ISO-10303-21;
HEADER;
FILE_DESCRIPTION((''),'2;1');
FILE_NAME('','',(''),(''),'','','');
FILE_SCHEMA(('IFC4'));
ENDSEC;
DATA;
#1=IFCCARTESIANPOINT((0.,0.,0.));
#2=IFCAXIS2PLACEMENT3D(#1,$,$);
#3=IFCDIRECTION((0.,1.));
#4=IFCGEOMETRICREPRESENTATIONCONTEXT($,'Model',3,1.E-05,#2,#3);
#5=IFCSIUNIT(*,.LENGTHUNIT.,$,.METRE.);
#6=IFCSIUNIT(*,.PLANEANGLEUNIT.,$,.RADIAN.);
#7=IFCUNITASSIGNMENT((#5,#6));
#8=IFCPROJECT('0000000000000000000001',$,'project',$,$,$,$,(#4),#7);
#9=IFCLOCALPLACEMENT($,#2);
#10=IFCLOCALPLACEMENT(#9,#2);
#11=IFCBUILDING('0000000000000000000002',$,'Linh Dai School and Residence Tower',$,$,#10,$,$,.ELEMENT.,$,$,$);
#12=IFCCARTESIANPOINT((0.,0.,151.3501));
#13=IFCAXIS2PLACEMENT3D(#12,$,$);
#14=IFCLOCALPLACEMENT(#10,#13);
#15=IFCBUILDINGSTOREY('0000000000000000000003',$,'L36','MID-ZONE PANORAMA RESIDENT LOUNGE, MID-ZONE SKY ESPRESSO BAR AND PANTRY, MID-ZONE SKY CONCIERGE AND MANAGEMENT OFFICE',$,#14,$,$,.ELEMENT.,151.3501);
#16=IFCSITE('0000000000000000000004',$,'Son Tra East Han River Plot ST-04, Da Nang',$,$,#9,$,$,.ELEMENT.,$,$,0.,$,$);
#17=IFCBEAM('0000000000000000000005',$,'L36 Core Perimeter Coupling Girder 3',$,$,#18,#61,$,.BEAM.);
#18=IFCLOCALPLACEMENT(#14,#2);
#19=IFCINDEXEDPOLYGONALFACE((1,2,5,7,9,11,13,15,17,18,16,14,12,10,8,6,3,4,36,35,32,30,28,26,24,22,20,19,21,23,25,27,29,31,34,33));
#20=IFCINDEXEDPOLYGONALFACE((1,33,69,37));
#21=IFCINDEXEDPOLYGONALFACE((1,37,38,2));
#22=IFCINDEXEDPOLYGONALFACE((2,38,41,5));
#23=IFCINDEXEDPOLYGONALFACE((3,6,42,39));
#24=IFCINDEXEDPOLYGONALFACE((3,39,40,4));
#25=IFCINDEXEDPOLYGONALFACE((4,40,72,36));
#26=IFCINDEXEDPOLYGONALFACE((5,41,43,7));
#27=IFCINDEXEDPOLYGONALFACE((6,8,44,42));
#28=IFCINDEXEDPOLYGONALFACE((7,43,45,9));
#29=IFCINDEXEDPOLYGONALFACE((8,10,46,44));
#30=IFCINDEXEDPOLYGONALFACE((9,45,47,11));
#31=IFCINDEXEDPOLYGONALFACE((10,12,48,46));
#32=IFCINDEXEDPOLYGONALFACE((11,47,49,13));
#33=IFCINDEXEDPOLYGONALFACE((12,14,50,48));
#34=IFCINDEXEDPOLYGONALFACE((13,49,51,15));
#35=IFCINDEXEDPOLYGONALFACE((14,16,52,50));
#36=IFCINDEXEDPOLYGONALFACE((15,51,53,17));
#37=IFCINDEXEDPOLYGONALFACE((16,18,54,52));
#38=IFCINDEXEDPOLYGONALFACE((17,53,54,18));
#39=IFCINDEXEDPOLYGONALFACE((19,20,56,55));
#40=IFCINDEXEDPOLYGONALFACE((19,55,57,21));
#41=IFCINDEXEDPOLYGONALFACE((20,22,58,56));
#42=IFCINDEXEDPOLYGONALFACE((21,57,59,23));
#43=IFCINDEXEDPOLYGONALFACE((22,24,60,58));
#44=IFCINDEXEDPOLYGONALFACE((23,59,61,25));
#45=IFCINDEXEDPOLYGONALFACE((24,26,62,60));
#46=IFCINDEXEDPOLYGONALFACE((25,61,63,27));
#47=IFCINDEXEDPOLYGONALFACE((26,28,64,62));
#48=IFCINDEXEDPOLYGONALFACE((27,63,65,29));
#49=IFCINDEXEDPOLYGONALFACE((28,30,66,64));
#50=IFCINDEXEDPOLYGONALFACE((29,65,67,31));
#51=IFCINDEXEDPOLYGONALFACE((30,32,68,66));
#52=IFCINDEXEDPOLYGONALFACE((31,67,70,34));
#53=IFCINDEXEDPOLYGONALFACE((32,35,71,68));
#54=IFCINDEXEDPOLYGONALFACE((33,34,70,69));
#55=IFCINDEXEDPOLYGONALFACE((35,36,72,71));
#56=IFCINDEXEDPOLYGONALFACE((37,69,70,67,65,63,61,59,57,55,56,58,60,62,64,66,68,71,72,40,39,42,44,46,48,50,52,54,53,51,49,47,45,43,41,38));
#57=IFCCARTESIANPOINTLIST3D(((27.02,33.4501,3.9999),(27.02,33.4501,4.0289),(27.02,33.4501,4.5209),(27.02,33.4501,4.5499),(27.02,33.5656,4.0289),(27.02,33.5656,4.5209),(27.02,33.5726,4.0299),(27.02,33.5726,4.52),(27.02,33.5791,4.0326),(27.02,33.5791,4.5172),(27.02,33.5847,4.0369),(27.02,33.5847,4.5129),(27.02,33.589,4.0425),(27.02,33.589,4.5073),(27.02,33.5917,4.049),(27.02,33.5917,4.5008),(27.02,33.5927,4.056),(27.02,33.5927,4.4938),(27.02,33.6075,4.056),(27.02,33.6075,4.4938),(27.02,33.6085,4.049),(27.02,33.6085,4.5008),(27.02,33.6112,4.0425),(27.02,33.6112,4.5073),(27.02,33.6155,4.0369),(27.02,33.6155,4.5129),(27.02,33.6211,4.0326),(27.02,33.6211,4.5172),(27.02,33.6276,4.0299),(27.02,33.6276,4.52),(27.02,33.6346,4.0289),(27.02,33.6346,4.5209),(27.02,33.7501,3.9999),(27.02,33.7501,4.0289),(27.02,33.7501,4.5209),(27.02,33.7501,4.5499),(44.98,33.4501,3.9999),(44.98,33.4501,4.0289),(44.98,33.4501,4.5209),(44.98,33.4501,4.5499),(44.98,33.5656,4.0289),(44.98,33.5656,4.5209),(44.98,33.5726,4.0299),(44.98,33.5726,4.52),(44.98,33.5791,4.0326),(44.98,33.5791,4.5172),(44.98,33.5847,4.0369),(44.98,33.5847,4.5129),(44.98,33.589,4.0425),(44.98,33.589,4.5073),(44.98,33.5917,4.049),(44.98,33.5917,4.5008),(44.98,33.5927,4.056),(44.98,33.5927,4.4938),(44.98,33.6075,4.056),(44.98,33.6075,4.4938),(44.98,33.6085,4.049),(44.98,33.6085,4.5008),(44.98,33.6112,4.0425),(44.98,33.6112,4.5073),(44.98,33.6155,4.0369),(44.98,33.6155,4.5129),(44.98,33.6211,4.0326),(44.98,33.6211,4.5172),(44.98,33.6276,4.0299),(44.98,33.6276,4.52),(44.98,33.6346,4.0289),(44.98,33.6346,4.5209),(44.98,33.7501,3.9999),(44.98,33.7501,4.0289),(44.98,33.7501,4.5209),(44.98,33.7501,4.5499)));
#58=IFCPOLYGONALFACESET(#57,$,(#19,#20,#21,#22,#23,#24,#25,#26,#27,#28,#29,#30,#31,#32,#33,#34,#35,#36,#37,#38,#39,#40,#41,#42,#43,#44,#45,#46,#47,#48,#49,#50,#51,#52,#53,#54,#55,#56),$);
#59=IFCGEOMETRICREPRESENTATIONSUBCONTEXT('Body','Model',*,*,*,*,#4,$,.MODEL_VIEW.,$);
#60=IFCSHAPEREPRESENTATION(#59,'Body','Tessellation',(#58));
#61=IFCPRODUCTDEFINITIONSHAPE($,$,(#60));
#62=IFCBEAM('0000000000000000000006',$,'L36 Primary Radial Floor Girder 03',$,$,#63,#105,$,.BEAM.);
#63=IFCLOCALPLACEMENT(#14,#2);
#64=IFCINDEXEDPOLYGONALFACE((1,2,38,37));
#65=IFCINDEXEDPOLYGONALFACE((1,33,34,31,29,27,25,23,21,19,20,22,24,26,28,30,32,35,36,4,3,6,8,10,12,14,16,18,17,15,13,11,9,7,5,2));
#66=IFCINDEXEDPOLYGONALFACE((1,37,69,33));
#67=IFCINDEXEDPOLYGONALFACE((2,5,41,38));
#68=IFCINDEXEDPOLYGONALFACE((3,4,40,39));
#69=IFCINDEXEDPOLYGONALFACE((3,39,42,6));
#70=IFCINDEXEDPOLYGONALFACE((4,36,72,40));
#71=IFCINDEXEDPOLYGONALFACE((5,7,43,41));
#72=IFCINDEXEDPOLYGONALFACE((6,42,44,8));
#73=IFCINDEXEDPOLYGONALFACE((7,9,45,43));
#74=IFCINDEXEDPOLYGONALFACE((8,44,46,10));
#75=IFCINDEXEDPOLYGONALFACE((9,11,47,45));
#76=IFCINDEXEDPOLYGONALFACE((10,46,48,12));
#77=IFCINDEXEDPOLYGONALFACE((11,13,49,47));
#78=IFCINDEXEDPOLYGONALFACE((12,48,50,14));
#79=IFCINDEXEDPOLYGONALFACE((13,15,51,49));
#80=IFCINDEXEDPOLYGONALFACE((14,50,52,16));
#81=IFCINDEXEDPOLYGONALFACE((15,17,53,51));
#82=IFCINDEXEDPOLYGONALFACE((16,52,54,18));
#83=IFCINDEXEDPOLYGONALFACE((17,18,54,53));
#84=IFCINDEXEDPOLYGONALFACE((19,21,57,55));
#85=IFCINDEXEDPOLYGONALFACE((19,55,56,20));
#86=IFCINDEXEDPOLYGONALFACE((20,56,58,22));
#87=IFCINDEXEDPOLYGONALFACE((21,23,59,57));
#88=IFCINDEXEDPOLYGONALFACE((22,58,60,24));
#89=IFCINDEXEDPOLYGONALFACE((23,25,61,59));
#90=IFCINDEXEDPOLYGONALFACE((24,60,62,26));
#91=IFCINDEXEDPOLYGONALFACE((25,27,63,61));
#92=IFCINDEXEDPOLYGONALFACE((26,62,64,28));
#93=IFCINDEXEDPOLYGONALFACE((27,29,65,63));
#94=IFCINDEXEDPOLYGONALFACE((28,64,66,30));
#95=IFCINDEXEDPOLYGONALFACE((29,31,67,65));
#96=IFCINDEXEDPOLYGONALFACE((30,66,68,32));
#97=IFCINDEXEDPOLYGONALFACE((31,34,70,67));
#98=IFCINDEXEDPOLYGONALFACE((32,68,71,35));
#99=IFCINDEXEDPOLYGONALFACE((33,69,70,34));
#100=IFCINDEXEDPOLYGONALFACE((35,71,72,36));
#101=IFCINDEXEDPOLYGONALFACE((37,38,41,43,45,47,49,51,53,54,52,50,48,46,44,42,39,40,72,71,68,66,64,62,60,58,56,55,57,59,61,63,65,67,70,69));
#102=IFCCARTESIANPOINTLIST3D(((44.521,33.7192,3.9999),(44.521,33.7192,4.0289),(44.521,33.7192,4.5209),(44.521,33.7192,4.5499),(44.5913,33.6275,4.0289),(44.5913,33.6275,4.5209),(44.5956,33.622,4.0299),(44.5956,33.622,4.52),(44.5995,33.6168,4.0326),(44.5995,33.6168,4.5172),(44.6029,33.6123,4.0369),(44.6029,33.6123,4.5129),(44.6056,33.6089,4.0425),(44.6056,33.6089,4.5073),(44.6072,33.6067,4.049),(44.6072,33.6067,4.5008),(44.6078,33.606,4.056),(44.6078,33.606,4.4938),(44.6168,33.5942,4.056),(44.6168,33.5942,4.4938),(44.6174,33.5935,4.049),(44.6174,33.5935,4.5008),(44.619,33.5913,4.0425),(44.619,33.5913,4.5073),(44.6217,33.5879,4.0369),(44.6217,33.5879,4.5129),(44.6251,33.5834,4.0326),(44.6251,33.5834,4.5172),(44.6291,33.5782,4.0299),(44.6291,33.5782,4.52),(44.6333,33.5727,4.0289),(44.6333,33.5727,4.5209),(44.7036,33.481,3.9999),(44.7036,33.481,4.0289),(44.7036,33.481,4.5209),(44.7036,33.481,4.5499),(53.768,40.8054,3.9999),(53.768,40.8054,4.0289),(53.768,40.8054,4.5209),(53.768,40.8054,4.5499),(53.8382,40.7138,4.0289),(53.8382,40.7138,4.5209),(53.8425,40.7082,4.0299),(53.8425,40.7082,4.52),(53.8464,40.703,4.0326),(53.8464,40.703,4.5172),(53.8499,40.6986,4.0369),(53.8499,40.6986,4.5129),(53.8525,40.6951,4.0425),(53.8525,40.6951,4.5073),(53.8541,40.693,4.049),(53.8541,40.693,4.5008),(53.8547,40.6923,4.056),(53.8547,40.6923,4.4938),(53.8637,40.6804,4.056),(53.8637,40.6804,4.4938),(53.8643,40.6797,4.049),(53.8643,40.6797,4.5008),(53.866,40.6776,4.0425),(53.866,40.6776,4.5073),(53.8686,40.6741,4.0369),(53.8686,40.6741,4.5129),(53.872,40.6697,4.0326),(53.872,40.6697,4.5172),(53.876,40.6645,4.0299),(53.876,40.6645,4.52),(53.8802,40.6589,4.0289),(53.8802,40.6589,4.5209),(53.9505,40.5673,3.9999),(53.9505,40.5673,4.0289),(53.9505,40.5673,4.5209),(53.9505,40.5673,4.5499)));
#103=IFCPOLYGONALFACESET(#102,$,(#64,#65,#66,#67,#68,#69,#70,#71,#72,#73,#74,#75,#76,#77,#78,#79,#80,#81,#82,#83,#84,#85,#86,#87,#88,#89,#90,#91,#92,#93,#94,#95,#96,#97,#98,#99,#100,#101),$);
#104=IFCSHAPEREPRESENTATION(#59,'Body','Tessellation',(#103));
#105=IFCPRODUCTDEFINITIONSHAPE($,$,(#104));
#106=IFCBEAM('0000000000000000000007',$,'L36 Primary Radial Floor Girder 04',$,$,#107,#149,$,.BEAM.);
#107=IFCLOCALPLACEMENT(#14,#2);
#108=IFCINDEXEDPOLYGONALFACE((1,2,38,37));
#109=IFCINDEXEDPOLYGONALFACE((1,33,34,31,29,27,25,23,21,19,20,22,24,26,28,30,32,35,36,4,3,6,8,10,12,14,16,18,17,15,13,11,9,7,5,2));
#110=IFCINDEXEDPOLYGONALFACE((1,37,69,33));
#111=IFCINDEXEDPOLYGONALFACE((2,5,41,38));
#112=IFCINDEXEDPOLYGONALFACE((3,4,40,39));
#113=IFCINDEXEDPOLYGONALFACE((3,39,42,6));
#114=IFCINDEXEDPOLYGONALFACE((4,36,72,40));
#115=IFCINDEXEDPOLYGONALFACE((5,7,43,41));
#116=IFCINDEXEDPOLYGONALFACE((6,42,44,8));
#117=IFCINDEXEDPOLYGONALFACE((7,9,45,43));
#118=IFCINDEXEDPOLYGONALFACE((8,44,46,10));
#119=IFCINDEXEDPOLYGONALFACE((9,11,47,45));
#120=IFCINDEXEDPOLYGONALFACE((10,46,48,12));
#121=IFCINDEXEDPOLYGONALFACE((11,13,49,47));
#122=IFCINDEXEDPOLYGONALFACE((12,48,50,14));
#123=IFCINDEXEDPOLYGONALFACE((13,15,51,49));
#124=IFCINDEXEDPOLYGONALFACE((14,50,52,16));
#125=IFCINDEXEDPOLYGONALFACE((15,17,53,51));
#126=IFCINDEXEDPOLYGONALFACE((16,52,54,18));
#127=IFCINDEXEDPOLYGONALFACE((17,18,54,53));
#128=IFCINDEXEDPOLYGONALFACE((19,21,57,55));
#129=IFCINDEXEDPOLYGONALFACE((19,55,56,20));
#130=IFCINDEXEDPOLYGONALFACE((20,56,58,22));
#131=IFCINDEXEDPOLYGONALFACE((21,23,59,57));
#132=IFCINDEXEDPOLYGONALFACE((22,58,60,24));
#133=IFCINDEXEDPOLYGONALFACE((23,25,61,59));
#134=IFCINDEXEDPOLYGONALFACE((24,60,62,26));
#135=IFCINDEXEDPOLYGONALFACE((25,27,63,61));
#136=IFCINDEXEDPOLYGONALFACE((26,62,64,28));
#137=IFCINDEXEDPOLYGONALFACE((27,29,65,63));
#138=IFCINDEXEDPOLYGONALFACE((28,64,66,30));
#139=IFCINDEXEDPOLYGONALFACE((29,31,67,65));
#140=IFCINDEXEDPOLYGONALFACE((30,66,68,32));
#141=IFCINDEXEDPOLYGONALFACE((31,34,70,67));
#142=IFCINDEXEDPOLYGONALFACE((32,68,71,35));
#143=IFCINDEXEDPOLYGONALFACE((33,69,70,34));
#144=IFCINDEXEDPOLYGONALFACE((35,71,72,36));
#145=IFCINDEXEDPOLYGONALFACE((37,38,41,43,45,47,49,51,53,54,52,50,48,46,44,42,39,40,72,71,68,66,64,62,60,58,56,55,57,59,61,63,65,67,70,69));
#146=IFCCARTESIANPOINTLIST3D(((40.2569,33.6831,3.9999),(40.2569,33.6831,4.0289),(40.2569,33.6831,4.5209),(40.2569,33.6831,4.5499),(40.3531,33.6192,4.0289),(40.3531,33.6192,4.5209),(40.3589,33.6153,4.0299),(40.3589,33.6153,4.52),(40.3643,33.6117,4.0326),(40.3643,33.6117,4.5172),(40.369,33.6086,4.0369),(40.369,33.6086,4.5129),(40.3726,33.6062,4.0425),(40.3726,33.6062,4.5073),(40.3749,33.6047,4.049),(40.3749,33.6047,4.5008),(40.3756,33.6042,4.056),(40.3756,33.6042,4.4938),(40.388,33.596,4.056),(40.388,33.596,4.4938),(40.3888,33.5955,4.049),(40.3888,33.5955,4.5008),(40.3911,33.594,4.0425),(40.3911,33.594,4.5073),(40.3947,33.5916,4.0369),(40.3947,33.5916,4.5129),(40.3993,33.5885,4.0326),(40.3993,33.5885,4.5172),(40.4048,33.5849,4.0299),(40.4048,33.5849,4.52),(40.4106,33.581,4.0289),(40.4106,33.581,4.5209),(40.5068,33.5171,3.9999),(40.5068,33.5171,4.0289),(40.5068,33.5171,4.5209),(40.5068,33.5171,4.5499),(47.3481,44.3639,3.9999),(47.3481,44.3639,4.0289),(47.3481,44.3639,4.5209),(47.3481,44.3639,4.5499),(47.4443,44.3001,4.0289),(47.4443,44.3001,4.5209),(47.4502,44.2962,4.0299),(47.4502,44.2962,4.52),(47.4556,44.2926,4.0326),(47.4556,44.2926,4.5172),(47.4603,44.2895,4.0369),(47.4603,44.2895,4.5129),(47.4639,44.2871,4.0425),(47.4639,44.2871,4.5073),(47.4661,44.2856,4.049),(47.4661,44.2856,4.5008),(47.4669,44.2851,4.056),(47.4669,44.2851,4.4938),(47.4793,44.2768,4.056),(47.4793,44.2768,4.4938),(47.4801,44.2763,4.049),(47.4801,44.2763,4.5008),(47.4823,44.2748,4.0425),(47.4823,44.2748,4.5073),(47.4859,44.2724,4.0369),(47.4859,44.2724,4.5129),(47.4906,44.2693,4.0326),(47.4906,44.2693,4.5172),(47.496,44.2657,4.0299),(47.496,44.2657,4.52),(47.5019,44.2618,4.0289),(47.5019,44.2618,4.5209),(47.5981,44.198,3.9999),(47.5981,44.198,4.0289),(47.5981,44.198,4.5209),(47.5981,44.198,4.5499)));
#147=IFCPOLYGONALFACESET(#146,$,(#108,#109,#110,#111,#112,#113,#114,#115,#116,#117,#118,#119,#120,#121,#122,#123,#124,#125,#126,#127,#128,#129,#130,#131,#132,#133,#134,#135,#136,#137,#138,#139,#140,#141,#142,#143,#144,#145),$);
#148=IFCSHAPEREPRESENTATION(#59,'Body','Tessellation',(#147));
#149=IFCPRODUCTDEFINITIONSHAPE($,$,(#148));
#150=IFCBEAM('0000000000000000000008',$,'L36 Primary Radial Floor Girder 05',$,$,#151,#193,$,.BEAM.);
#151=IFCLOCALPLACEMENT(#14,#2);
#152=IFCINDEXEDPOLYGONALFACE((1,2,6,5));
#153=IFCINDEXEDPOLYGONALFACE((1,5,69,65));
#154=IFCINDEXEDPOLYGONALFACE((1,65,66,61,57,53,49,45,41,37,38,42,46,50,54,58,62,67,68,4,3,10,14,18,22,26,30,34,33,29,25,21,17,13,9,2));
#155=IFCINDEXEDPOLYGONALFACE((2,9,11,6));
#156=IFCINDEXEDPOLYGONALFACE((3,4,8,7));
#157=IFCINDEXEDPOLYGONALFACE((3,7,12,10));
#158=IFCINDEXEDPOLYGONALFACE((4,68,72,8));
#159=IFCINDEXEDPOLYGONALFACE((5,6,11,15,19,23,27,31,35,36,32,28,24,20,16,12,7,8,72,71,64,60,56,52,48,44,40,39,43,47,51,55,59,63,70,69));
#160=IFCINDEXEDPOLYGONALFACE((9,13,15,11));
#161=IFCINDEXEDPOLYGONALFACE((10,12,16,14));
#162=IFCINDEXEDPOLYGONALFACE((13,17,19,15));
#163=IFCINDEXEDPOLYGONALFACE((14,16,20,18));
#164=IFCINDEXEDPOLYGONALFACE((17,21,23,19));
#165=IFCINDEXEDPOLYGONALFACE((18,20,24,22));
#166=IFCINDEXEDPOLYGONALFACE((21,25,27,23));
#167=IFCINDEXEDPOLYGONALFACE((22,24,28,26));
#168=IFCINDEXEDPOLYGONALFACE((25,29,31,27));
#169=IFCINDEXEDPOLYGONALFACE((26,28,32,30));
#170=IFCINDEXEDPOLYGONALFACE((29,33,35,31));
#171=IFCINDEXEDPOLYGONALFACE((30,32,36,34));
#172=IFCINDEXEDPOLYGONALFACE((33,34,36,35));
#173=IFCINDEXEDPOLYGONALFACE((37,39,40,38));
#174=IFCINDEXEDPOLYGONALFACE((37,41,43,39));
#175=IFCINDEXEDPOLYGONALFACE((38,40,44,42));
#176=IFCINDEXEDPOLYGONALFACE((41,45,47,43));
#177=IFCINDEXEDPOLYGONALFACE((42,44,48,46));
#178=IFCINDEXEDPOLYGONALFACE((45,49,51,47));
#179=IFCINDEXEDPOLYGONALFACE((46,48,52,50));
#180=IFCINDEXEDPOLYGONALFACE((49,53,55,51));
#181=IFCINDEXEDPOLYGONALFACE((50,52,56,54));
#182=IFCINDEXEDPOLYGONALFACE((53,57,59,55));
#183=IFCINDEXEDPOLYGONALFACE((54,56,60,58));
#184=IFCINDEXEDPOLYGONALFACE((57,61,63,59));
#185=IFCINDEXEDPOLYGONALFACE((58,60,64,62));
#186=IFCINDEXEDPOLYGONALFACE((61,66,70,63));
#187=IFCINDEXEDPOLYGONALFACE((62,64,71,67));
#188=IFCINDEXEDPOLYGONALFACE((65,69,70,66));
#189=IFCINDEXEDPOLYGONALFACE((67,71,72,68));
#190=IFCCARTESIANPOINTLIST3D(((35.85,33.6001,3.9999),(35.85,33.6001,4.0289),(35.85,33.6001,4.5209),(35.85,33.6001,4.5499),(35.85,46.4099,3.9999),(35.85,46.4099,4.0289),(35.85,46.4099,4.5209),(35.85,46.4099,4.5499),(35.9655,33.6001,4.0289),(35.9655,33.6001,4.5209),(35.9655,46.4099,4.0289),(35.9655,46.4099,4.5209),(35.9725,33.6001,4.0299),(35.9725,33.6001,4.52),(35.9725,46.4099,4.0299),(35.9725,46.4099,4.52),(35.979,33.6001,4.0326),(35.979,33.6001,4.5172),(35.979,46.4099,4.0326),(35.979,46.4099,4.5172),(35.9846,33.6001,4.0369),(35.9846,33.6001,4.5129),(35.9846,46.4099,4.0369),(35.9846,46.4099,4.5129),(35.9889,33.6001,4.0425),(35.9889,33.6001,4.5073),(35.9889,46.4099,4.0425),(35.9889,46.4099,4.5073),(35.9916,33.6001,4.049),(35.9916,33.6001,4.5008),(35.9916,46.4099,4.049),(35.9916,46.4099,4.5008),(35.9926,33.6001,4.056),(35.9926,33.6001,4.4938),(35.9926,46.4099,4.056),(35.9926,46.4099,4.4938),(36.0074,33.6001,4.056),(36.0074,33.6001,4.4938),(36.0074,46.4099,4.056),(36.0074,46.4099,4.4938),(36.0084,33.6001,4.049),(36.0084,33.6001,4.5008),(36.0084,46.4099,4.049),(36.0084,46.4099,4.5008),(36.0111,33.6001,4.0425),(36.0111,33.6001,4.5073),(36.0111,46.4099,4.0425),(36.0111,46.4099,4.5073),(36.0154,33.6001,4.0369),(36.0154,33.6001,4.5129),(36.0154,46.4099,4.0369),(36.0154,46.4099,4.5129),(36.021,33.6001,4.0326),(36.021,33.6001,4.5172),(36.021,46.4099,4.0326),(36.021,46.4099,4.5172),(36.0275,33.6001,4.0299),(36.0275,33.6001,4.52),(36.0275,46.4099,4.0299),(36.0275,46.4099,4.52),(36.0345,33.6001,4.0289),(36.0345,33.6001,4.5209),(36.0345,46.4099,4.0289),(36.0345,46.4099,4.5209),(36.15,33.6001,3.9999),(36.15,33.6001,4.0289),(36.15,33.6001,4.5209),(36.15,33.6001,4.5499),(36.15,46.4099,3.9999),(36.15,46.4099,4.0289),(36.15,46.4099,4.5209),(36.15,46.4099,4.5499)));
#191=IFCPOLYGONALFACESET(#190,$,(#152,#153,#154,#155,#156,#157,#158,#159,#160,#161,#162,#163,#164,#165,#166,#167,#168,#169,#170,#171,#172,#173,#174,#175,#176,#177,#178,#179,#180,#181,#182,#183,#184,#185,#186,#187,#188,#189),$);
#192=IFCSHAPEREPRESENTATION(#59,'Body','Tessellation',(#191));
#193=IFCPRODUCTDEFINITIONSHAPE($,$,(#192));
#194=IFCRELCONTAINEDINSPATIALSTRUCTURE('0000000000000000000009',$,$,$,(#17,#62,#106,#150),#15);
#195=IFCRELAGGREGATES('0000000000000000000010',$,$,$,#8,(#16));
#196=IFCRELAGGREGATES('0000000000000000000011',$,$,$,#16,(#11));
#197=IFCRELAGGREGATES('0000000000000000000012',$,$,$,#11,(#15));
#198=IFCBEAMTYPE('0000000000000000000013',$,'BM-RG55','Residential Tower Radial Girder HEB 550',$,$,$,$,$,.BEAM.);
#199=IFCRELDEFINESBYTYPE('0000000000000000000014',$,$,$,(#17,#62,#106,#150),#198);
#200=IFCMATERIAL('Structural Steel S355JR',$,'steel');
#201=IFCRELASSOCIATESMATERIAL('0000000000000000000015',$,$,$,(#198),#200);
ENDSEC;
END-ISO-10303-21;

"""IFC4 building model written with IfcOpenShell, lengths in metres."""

from ifc_helpers import new_model, si_unit, direction, frame, origin, origin_2d, place, context, subcontext, project, spatial, i_section, extrude, material, material_profile, profile_set, type_object, element, save


model = new_model("IFC4")

# Units and contexts
model_context = context("Model", 3, precision=1e-05, world=origin(), true_north=direction((0.0, 1.0)))
body_context = subcontext(model_context, "Body", "Model", "MODEL_VIEW")
ifc_project = project(units=[si_unit("LENGTHUNIT", "METRE"), si_unit("PLANEANGLEUNIT", "RADIAN")], contexts=[model_context])

# Site, building, storey
site_placement = place(None, origin())
site = spatial("IfcSite", under=ifc_project, at=site_placement, Name="Son Tra East Han River Plot ST-04, Da Nang", CompositionType="ELEMENT", RefElevation=0.0)
building_placement = place(site_placement, origin())
building = spatial("IfcBuilding", under=site, at=building_placement, Name="Linh Dai School and Residence Tower", CompositionType="ELEMENT")
storey_placement = place(building_placement, frame((0.0, 0.0, 151.3501)))
storey = spatial("IfcBuildingStorey", under=building, at=storey_placement, Name="L36", Description="MID-ZONE PANORAMA RESIDENT LOUNGE, MID-ZONE SKY ESPRESSO BAR AND PANTRY, MID-ZONE SKY CONCIERGE AND MANAGEMENT OFFICE", CompositionType="ELEMENT", Elevation=151.3501)

# Shared definitions
ifc_material_1 = material(Name="Structural Steel S355JR", Category="steel")

# Beams
ifc_material_profile_1 = material_profile(ifc_material_1, i_section(OverallWidth=0.3, OverallDepth=0.55, WebThickness=0.0149, FlangeThickness=0.0291, FilletRadius=0.0271, at=origin_2d()), Name="HEB 550")
ifc_profile_set_1 = profile_set([ifc_material_profile_1], Name="Structural Steel S355JR")
beam_type_1 = type_object("IfcBeamType", Name="BM-RG55", Description="Residential Tower Radial Girder HEB 550", PredefinedType="BEAM", material=ifc_profile_set_1)
beam_1_placement = place(storey_placement, frame((44.98, 33.6001, 4.2749), z_axis=(-1.0, 0.0, 0.0), x_axis=(0.0, -1.0, 0.0)))
element("IfcBeam", 1, at=beam_1_placement, inside=storey, type_object=beam_type_1, Name="L36 Core Perimeter Coupling Girder 3", PredefinedType="BEAM", context=body_context, shape_type="SweptSolid", body=[
    extrude(i_section(OverallWidth=0.3, OverallDepth=0.55, WebThickness=0.0149, FlangeThickness=0.0291, FilletRadius=0.0271, at=origin_2d()), origin(), (0.0, 0.0, 1.0), 17.96),
])
beam_2_placement = place(storey_placement, frame((44.6123, 33.6001, 4.2749), z_axis=(0.793733, 0.608267, 0.0), x_axis=(-0.608267, 0.793733, 0.0)))
element("IfcBeam", 2, at=beam_2_placement, inside=storey, type_object=beam_type_1, Name="L36 Primary Radial Floor Girder 03", PredefinedType="BEAM", context=body_context, shape_type="SweptSolid", body=[
    extrude(i_section(OverallWidth=0.3, OverallDepth=0.55, WebThickness=0.0149, FlangeThickness=0.0291, FilletRadius=0.0271, at=origin_2d()), origin(), (0.0, 0.0, 1.0), 11.6499),
])
beam_3_placement = place(storey_placement, frame((40.3818, 33.6001, 4.2749), z_axis=(0.553117, 0.833103, 0.0), x_axis=(-0.833103, 0.553117, 0.0)))
element("IfcBeam", 3, at=beam_3_placement, inside=storey, type_object=beam_type_1, Name="L36 Primary Radial Floor Girder 04", PredefinedType="BEAM", context=body_context, shape_type="SweptSolid", body=[
    extrude(i_section(OverallWidth=0.3, OverallDepth=0.55, WebThickness=0.0149, FlangeThickness=0.0291, FilletRadius=0.0271, at=origin_2d()), origin(), (0.0, 0.0, 1.0), 12.8206),
])
beam_4_placement = place(storey_placement, frame((36.0, 33.6001, 4.2749), z_axis=(0.0, 1.0, 0.0), x_axis=(-1.0, 0.0, 0.0)))
element("IfcBeam", 4, at=beam_4_placement, inside=storey, type_object=beam_type_1, Name="L36 Primary Radial Floor Girder 05", PredefinedType="BEAM", context=body_context, shape_type="SweptSolid", body=[
    extrude(i_section(OverallWidth=0.3, OverallDepth=0.55, WebThickness=0.0149, FlangeThickness=0.0291, FilletRadius=0.0271, at=origin_2d()), origin(), (0.0, 0.0, 1.0), 12.8098),
])

save(model, "model.ifc")
